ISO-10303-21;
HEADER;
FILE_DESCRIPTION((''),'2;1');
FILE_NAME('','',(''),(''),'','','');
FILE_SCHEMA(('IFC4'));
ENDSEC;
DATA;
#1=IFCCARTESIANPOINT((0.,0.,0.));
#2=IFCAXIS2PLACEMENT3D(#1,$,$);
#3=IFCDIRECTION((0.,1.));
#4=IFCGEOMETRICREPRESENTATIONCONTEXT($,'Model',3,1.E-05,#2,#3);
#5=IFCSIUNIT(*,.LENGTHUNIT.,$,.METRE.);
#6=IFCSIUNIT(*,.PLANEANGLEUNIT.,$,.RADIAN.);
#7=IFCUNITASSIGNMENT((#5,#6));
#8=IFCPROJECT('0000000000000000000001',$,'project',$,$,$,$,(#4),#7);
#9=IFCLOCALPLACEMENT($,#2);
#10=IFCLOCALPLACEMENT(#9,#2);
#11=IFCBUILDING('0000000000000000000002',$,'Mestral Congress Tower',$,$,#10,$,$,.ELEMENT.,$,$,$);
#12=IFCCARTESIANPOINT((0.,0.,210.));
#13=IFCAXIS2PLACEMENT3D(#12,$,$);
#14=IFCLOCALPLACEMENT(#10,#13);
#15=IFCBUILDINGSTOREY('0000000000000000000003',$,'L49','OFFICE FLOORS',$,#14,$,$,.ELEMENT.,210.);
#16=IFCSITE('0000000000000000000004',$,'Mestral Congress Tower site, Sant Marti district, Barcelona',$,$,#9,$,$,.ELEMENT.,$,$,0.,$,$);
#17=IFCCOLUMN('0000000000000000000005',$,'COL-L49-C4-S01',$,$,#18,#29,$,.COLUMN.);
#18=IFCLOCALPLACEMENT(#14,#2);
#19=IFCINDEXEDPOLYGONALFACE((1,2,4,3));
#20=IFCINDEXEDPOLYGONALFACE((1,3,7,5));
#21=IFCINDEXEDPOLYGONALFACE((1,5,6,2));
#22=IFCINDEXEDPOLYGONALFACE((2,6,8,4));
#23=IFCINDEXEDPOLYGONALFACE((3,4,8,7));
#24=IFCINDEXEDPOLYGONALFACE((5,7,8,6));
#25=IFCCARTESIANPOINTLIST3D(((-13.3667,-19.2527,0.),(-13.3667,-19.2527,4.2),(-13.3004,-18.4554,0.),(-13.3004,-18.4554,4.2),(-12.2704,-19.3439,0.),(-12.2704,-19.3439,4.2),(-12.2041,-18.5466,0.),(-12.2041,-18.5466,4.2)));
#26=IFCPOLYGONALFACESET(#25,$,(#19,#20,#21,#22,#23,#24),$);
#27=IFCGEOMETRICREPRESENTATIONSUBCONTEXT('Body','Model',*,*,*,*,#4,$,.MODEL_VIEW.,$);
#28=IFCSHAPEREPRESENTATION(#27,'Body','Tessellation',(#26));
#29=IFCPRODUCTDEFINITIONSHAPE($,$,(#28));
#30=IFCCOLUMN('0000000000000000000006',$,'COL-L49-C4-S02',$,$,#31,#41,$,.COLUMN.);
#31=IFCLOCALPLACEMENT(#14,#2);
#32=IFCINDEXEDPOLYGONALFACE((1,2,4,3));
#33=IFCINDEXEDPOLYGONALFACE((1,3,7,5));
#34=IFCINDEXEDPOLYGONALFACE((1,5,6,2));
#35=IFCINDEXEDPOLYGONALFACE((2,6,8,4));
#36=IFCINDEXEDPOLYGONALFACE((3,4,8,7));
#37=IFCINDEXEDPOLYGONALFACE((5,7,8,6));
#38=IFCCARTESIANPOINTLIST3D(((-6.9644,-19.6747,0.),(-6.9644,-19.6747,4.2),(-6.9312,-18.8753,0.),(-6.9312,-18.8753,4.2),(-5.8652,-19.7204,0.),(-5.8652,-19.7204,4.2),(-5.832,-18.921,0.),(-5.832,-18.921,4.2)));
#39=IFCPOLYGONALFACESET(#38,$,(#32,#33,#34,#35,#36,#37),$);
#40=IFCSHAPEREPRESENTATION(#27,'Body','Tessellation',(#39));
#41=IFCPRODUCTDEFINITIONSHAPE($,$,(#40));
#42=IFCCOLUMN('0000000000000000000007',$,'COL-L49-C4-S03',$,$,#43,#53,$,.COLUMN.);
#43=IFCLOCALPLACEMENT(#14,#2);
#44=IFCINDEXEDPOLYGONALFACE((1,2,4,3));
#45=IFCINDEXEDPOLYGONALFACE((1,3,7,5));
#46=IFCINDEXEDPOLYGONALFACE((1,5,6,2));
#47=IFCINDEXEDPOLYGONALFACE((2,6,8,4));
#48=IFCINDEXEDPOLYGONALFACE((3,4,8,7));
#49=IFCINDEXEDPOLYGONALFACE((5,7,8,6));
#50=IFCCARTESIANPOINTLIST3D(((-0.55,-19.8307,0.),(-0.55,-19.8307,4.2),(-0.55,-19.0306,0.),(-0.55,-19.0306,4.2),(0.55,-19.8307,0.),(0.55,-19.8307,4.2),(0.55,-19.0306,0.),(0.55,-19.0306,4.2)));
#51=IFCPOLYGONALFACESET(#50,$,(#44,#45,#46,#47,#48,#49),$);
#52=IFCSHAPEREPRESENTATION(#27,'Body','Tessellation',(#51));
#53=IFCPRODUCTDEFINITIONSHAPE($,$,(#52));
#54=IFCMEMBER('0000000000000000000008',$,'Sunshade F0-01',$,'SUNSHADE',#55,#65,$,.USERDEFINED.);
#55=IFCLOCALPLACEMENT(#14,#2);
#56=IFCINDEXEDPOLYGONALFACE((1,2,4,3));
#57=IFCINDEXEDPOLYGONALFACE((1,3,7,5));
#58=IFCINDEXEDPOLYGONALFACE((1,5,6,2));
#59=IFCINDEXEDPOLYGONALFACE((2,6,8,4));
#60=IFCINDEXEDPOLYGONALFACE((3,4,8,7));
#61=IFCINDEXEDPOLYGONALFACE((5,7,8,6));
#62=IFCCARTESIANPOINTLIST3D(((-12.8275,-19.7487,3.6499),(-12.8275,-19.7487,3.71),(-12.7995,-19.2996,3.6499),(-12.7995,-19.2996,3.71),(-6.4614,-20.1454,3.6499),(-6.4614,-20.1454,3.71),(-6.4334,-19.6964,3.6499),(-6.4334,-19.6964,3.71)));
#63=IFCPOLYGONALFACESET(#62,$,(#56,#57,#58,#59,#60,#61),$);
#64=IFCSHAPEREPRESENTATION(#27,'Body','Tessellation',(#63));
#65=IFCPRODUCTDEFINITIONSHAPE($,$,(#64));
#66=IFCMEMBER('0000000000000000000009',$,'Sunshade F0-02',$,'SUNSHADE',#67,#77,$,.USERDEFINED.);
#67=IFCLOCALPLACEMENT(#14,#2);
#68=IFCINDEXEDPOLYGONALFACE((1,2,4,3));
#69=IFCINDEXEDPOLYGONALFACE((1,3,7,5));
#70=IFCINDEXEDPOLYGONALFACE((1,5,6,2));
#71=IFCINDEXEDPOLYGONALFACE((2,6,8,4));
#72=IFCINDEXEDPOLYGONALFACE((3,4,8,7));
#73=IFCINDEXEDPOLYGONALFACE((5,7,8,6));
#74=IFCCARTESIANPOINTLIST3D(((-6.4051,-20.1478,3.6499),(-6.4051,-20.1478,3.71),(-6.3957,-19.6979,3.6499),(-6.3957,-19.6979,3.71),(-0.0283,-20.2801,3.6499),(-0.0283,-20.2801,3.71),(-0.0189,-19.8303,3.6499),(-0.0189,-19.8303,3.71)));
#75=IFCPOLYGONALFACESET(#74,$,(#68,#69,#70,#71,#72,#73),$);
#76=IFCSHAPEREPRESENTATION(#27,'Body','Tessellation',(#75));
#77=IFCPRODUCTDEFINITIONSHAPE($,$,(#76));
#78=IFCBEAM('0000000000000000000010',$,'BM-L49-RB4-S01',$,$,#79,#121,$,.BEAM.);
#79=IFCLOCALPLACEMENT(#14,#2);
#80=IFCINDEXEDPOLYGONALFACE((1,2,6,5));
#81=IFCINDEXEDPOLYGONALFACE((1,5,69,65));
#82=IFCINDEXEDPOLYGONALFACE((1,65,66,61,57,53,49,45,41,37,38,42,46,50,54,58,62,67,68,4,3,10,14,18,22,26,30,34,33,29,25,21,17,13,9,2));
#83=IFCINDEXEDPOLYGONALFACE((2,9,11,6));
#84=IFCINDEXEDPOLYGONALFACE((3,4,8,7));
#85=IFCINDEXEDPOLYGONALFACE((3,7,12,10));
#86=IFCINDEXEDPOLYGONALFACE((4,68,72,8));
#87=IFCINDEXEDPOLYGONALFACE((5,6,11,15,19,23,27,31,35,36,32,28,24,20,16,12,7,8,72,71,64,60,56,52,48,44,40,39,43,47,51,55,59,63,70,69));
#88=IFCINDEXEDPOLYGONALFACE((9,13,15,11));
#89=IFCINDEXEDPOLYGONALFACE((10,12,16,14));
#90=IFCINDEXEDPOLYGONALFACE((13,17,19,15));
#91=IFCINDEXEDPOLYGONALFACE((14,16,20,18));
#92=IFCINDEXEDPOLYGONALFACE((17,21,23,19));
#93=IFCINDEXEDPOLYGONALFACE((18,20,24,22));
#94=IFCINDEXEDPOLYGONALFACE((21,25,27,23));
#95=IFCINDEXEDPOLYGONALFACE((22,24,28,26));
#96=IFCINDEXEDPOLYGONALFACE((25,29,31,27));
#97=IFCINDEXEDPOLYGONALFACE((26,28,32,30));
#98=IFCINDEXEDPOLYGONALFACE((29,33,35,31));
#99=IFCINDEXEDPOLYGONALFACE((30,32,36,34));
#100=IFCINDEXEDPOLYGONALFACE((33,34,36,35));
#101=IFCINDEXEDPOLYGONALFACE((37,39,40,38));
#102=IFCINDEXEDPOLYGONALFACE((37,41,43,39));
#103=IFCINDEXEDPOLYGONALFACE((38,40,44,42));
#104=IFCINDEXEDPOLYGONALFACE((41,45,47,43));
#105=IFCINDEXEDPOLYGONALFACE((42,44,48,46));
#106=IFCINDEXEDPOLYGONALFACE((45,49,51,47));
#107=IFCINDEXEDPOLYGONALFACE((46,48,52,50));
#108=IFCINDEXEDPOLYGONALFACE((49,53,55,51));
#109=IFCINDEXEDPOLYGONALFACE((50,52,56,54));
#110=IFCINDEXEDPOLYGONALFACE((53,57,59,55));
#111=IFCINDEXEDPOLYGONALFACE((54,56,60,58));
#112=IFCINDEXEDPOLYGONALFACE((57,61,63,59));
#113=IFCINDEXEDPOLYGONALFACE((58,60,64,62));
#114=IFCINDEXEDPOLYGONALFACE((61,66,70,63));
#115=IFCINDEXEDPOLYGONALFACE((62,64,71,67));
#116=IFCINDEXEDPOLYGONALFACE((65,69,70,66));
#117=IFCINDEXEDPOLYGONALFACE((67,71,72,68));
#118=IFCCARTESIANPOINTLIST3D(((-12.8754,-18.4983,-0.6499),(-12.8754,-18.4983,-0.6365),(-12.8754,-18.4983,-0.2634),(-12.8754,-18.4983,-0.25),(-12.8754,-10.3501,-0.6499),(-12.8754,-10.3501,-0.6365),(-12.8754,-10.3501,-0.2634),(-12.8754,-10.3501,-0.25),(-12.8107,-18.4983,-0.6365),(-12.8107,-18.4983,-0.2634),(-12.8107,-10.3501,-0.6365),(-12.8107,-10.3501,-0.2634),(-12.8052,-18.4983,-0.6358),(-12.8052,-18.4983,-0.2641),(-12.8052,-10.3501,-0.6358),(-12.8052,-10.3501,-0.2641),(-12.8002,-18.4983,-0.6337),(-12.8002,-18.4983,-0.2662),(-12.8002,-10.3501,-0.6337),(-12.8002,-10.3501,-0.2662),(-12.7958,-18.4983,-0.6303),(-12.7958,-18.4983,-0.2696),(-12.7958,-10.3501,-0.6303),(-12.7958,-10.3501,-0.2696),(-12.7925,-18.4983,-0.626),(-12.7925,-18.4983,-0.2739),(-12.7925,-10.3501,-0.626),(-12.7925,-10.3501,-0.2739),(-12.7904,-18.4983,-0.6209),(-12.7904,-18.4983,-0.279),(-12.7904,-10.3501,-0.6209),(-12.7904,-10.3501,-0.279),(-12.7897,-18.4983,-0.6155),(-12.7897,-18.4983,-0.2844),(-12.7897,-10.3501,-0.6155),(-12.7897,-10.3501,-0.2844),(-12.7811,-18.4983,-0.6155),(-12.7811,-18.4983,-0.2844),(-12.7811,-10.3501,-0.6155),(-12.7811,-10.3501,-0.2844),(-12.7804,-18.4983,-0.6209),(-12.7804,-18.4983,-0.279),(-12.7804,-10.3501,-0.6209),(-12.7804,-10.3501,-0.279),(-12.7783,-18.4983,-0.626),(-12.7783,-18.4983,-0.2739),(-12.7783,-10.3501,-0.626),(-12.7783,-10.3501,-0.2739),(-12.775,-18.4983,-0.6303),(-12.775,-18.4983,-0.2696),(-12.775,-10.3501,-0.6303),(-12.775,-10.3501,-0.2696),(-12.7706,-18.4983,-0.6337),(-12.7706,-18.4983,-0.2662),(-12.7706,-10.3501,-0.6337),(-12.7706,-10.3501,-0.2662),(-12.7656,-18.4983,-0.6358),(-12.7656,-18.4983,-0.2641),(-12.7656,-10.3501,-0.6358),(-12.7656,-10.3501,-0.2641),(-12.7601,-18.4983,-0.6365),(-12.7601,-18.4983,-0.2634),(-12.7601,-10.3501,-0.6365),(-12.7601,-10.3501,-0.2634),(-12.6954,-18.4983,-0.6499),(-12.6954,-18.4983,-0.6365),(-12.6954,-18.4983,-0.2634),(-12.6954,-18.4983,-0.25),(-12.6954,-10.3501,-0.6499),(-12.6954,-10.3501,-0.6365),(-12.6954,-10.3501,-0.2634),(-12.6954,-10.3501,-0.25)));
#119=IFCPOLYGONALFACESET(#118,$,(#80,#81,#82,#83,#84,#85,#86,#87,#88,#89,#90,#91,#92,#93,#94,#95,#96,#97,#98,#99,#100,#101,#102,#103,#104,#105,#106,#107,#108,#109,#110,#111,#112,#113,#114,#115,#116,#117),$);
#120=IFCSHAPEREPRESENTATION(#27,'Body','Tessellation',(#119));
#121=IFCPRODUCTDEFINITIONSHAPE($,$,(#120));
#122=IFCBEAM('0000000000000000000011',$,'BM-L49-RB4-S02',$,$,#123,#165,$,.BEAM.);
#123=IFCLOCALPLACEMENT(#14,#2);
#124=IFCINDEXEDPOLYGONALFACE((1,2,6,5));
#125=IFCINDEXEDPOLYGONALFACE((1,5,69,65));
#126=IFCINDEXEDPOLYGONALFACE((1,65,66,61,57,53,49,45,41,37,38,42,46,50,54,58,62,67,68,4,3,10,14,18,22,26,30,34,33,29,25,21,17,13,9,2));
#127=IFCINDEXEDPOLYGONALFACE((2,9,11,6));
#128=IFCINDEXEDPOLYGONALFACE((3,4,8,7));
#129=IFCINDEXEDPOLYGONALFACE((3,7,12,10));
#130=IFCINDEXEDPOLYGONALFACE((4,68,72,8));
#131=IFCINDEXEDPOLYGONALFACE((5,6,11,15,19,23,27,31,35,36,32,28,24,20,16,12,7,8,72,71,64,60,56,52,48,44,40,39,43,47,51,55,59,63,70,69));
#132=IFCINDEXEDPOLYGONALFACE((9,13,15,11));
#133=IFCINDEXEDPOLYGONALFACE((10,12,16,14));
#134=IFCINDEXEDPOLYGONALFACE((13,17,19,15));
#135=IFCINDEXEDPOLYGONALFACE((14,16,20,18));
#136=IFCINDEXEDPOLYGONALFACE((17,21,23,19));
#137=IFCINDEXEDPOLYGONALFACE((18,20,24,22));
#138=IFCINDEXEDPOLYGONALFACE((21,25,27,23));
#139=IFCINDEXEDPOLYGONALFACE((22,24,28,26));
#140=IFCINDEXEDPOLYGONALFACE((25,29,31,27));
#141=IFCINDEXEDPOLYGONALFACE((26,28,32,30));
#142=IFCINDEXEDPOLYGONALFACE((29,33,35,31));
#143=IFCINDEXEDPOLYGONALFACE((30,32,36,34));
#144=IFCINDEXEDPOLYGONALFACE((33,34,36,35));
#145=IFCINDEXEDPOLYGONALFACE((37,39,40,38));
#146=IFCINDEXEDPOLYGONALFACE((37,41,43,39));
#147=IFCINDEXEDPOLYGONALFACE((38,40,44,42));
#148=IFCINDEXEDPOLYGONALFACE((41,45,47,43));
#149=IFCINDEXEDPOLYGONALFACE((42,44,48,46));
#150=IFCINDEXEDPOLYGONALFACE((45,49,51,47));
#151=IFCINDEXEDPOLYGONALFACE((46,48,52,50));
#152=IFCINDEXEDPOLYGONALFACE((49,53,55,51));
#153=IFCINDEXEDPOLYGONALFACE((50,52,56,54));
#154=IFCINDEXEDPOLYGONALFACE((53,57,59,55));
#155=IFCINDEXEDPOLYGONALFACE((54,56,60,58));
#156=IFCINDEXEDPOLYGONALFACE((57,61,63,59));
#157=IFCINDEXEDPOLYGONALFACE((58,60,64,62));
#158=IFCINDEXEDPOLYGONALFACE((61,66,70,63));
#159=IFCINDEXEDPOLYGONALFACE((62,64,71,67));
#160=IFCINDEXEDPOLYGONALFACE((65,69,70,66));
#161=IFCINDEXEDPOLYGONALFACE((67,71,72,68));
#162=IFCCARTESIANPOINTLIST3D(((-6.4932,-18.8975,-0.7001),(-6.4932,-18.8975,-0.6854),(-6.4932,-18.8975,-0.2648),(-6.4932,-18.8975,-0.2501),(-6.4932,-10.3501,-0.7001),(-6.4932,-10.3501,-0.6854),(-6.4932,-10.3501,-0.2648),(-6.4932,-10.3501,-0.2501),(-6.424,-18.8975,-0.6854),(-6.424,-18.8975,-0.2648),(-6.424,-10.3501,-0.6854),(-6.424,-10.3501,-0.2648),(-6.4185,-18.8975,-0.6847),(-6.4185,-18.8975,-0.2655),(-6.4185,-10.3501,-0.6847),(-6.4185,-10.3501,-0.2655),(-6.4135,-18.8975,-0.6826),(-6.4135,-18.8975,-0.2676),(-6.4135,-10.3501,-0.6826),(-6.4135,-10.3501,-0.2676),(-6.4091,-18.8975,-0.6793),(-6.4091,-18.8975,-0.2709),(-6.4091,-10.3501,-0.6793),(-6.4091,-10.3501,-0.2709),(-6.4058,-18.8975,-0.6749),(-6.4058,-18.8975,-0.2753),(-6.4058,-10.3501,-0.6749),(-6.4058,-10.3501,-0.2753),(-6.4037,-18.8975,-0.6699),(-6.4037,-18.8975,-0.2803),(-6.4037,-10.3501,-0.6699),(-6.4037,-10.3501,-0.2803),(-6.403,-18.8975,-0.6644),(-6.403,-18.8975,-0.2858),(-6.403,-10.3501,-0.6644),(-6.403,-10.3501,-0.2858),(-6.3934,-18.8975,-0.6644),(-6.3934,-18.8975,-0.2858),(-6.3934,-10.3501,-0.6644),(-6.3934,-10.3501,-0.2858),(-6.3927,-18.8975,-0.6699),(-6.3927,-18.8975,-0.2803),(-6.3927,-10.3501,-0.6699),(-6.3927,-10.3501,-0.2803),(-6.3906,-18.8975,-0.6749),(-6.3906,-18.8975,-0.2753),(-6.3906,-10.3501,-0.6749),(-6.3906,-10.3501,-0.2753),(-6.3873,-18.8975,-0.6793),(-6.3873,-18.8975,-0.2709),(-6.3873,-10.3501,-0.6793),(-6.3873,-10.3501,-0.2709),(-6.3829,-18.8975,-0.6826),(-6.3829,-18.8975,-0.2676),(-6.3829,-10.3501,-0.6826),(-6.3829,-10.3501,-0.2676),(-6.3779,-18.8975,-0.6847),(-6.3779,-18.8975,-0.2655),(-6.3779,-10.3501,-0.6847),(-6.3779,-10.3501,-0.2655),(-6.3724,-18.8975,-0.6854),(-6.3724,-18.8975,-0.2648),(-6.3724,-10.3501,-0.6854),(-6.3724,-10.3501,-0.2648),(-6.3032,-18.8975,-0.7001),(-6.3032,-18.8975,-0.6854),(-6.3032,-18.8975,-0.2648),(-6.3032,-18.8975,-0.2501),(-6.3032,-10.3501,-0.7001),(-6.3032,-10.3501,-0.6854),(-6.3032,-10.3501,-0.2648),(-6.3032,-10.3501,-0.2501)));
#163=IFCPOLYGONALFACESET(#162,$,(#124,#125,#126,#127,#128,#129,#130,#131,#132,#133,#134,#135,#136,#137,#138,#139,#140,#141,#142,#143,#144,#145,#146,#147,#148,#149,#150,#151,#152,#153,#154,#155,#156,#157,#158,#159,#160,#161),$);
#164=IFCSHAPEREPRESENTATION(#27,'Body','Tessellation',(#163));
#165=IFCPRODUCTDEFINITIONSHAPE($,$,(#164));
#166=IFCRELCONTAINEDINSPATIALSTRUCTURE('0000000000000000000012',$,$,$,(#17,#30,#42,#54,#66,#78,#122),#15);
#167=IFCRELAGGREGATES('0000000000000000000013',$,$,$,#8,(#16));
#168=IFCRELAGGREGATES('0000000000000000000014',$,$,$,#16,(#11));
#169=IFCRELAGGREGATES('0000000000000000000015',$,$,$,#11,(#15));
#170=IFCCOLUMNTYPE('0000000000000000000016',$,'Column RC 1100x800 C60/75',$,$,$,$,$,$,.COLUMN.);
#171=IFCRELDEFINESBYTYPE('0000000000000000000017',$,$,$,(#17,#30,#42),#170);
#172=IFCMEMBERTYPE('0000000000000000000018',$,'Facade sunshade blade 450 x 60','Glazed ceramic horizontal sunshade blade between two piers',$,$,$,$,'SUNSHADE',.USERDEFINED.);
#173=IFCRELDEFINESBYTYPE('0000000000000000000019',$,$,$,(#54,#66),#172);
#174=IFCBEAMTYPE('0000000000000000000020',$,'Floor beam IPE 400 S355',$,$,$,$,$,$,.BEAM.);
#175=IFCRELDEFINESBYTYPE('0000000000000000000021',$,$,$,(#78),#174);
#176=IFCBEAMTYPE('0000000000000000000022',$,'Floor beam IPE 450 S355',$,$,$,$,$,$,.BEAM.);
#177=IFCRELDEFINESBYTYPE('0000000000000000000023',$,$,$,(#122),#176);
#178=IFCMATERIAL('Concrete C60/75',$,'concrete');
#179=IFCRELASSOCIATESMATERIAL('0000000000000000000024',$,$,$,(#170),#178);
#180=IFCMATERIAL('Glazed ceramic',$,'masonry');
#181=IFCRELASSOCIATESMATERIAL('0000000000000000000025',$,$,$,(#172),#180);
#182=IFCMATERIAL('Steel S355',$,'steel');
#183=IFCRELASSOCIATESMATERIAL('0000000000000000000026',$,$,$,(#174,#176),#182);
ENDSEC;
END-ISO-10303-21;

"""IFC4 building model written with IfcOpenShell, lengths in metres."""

from ifc_helpers import new_model, si_unit, direction, frame, origin, origin_2d, place, context, subcontext, project, spatial, rectangle, i_section, extrude, material, material_profile, profile_set, type_object, element, save


model = new_model("IFC4")

# Units and contexts
model_context = context("Model", 3, precision=1e-05, world=origin(), true_north=direction((0.0, 1.0)))
body_context = subcontext(model_context, "Body", "Model", "MODEL_VIEW")
ifc_project = project(units=[si_unit("LENGTHUNIT", "METRE"), si_unit("PLANEANGLEUNIT", "RADIAN")], contexts=[model_context])

# Site, building, storey
site_placement = place(None, origin())
site = spatial("IfcSite", under=ifc_project, at=site_placement, Name="Mestral Congress Tower site, Sant Marti district, Barcelona", CompositionType="ELEMENT", RefElevation=0.0)
building_placement = place(site_placement, origin())
building = spatial("IfcBuilding", under=site, at=building_placement, Name="Mestral Congress Tower", CompositionType="ELEMENT")
storey_placement = place(building_placement, frame((0.0, 0.0, 210.0)))
storey = spatial("IfcBuildingStorey", under=building, at=storey_placement, Name="L49", Description="OFFICE FLOORS", CompositionType="ELEMENT", Elevation=210.0)

# Columns
ifc_material_1 = material(Name="Concrete C60/75", Category="concrete")
ifc_material_profile_1 = material_profile(ifc_material_1, rectangle(XDim=1.1001, YDim=0.8, at=origin_2d()), Name="RC 1100x800")
ifc_profile_set_1 = profile_set([ifc_material_profile_1], Name="Concrete C60/75")
column_type = type_object("IfcColumnType", Name="Column RC 1100x800 C60/75", PredefinedType="COLUMN", material=ifc_profile_set_1)
for number, where, z_axis, x_axis, name in (
    (1, (-12.7854, -18.8997, 0.0), (0.0, 0.0, 1.0), (0.996557, -0.082914, 0.0), "COL-L49-C4-S01"),
    (2, (-6.3982, -19.2979, 0.0), (0.0, 0.0, 1.0), (0.999139, -0.041492, 0.0), "COL-L49-C4-S02"),
    (3, (0.0, -19.4307, 0.0), (0.0, 0.0, 1.0), (1.0, 0.0, 0.0), "COL-L49-C4-S03"),
):
    element("IfcColumn", number, at=place(storey_placement, frame(where, z_axis=z_axis, x_axis=x_axis)), inside=storey, type_object=column_type, Name=name, PredefinedType="COLUMN", context=body_context, shape_type="SweptSolid", body=[
        extrude(rectangle(XDim=1.1001, YDim=0.8, at=origin_2d()), origin(), (0.0, 0.0, 1.0), 4.2),
    ])

# Members
ifc_material_2 = material(Name="Glazed ceramic", Category="masonry")
ifc_material_profile_2 = material_profile(ifc_material_2, rectangle(XDim=0.45, YDim=0.0601, at=origin_2d()), Name="Ceramic blade 450 x 60")
ifc_profile_set_2 = profile_set([ifc_material_profile_2], Name="Glazed ceramic")
member_type = type_object("IfcMemberType", Name="Facade sunshade blade 450 x 60", Description="Glazed ceramic horizontal sunshade blade between two piers", ElementType="SUNSHADE", PredefinedType="USERDEFINED", material=ifc_profile_set_2)
member_1_placement = place(storey_placement, frame((-12.8135, -19.5242, 3.6799), z_axis=(0.998064, -0.0622, 0.0), x_axis=(0.0622, 0.998064, 0.0)))
element("IfcMember", 4, at=member_1_placement, inside=storey, type_object=member_type, Name="Sunshade F0-01", ObjectType="SUNSHADE", PredefinedType="USERDEFINED", context=body_context, shape_type="SweptSolid", body=[
    extrude(rectangle(XDim=0.45, YDim=0.0601, at=origin_2d()), origin(), (0.0, 0.0, 1.0), 6.3784),
])
member_2_placement = place(storey_placement, frame((-6.4004, -19.9229, 3.6799), z_axis=(0.999785, -0.020747, 0.0), x_axis=(0.020747, 0.999785, 0.0)))
element("IfcMember", 5, at=member_2_placement, inside=storey, type_object=member_type, Name="Sunshade F0-02", ObjectType="SUNSHADE", PredefinedType="USERDEFINED", context=body_context, shape_type="SweptSolid", body=[
    extrude(rectangle(XDim=0.45, YDim=0.0601, at=origin_2d()), origin(), (0.0, 0.0, 1.0), 6.3782),
])

# Beams
ifc_material_3 = material(Name="Steel S355", Category="steel")
ifc_material_profile_3 = material_profile(ifc_material_3, i_section(OverallWidth=0.1799, OverallDepth=0.3999, WebThickness=0.0085, FlangeThickness=0.0134, FilletRadius=0.021, at=origin_2d()), Name="IPE 400")
ifc_profile_set_3 = profile_set([ifc_material_profile_3], Name="Steel S355")
beam_type_1 = type_object("IfcBeamType", Name="Floor beam IPE 400 S355", PredefinedType="BEAM", material=ifc_profile_set_3)
beam_1_placement = place(storey_placement, frame((-12.7854, -18.4983, -0.45), z_axis=(0.0, 1.0, 0.0), x_axis=(-1.0, 0.0, 0.0)))
element("IfcBeam", 6, at=beam_1_placement, inside=storey, type_object=beam_type_1, Name="BM-L49-RB4-S01", PredefinedType="BEAM", context=body_context, shape_type="SweptSolid", body=[
    extrude(i_section(OverallWidth=0.1799, OverallDepth=0.3999, WebThickness=0.0085, FlangeThickness=0.0134, FilletRadius=0.021, at=origin_2d()), origin(), (0.0, 0.0, 1.0), 8.1482),
])
ifc_material_profile_4 = material_profile(ifc_material_3, i_section(OverallWidth=0.1899, OverallDepth=0.45, WebThickness=0.0095, FlangeThickness=0.0146, FilletRadius=0.021, at=origin_2d()), Name="IPE 450")
ifc_profile_set_4 = profile_set([ifc_material_profile_4], Name="Steel S355")
beam_type_2 = type_object("IfcBeamType", Name="Floor beam IPE 450 S355", PredefinedType="BEAM", material=ifc_profile_set_4)
beam_2_placement = place(storey_placement, frame((-6.3982, -18.8975, -0.4751), z_axis=(0.0, 1.0, 0.0), x_axis=(-1.0, 0.0, 0.0)))
element("IfcBeam", 7, at=beam_2_placement, inside=storey, type_object=beam_type_2, Name="BM-L49-RB4-S02", PredefinedType="BEAM", context=body_context, shape_type="SweptSolid", body=[
    extrude(i_section(OverallWidth=0.1899, OverallDepth=0.45, WebThickness=0.0095, FlangeThickness=0.0146, FilletRadius=0.021, at=origin_2d()), origin(), (0.0, 0.0, 1.0), 8.5474),
])

save(model, "model.ifc")
